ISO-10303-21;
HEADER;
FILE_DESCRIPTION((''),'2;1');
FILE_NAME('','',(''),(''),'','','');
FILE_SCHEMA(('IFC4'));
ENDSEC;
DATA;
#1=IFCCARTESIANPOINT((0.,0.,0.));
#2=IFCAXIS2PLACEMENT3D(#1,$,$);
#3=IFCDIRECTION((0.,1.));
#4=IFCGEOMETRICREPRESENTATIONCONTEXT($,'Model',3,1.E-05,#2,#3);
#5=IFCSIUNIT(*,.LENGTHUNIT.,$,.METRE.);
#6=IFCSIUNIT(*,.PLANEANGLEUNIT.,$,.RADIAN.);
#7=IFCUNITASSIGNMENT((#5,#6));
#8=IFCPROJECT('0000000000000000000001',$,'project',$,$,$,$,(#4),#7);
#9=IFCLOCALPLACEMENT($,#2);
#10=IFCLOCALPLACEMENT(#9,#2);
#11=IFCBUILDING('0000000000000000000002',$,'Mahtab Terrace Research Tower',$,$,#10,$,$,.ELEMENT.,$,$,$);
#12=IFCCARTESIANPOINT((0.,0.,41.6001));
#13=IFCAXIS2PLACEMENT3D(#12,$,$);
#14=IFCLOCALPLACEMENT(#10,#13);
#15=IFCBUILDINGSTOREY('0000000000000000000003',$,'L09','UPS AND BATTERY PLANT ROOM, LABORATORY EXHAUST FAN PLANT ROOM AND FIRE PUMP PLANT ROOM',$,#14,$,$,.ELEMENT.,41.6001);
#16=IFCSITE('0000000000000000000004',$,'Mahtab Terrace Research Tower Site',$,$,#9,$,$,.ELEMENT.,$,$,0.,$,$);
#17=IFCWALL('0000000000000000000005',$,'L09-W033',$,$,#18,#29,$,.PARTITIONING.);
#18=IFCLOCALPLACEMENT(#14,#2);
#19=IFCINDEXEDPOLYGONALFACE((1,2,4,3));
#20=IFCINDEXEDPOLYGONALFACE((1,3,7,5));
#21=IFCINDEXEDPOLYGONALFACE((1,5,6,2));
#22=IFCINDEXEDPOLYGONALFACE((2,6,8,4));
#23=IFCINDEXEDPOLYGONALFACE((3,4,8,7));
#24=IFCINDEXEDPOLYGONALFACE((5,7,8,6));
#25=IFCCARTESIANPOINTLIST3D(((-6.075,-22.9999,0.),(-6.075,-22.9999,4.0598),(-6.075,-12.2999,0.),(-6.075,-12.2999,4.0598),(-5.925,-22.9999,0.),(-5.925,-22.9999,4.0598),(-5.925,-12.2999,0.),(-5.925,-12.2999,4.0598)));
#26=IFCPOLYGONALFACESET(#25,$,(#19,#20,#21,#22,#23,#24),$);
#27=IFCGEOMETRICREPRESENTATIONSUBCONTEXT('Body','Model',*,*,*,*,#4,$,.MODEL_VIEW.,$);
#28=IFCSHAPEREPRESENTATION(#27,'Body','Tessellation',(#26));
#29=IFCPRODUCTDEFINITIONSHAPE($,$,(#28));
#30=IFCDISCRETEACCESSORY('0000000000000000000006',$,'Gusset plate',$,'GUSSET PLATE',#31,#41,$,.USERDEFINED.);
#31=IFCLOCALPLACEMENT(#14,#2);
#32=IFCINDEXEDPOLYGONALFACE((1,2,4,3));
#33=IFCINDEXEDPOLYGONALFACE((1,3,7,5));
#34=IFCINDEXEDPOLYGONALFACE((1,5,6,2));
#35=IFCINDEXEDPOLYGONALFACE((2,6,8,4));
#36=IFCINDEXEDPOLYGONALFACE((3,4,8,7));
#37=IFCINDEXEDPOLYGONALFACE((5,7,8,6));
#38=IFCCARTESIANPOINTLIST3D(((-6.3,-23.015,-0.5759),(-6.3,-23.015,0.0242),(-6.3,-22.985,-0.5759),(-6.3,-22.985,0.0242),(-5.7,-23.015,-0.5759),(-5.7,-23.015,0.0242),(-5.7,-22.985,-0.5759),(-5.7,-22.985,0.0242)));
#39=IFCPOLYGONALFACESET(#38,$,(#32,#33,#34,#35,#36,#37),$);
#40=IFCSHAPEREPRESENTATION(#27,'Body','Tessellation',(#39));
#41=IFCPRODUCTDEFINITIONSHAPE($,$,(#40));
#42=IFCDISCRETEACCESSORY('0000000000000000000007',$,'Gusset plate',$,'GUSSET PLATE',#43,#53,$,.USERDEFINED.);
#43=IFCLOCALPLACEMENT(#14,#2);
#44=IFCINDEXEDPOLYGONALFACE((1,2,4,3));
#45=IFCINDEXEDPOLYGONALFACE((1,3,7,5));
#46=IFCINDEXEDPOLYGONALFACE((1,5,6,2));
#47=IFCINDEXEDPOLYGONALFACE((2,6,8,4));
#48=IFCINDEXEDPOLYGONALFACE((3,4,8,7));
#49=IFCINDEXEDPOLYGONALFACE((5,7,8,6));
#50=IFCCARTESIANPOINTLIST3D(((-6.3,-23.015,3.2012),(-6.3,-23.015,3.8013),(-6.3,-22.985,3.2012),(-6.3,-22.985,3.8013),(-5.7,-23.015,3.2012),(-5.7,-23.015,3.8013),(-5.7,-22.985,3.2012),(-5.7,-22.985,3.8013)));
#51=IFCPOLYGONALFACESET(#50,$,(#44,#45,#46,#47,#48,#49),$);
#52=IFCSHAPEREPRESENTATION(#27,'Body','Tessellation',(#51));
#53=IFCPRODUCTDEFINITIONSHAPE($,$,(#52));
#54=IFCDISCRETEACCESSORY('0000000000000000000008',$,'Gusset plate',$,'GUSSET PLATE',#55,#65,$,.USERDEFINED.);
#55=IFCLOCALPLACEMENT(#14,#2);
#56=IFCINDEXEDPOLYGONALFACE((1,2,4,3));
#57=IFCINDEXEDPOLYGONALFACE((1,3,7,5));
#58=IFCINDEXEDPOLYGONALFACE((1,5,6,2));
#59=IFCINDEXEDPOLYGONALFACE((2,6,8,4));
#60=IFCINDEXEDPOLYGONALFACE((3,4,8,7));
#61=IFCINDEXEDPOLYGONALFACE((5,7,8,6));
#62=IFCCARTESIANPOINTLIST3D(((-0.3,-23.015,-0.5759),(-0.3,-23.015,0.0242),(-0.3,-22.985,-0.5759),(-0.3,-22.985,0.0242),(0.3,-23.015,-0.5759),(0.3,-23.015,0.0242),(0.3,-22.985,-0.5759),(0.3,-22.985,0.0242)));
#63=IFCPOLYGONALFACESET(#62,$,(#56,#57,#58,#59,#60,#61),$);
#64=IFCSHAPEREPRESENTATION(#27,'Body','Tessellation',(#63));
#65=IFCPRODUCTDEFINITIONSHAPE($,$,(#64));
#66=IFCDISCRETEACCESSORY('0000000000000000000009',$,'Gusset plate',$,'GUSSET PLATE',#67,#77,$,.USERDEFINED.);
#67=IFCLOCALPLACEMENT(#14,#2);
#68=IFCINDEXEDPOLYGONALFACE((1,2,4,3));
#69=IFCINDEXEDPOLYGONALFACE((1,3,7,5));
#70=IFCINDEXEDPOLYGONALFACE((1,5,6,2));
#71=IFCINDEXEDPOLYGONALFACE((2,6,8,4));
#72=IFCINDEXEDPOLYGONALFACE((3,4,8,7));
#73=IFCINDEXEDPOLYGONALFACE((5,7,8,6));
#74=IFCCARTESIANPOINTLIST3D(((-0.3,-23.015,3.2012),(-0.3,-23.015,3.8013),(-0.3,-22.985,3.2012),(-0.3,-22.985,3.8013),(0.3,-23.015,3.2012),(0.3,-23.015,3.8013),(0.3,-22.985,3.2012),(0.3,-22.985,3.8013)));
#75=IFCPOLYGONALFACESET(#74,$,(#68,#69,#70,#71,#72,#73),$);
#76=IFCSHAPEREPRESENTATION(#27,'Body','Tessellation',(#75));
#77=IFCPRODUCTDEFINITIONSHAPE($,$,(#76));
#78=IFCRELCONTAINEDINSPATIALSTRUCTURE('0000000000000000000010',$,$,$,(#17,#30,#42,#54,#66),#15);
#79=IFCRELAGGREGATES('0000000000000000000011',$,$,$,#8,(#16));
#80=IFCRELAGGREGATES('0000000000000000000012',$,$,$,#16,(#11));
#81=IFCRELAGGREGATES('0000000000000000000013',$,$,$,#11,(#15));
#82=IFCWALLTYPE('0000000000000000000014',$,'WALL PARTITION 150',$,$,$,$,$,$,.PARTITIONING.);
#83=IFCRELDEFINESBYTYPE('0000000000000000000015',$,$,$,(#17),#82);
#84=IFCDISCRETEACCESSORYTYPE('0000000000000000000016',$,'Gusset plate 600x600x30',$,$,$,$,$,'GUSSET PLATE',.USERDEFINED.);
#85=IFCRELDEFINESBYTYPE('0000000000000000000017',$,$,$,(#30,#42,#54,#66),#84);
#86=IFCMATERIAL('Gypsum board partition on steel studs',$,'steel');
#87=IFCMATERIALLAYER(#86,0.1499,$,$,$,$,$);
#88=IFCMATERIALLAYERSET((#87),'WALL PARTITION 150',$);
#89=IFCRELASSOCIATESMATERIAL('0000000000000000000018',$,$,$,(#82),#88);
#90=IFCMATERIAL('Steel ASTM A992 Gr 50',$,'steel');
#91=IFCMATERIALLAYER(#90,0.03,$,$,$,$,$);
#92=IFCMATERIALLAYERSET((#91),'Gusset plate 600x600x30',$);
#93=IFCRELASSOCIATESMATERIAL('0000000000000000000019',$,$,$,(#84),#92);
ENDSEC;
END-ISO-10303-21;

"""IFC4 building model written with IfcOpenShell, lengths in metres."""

from ifc_helpers import new_model, si_unit, direction, frame, frame_2d, origin, origin_2d, place, context, subcontext, project, spatial, rectangle, extrude, material, layer, layer_set, type_object, element, save


model = new_model("IFC4")

# Units and contexts
model_context = context("Model", 3, precision=1e-05, world=origin(), true_north=direction((0.0, 1.0)))
body_context = subcontext(model_context, "Body", "Model", "MODEL_VIEW")
ifc_project = project(units=[si_unit("LENGTHUNIT", "METRE"), si_unit("PLANEANGLEUNIT", "RADIAN")], contexts=[model_context])

# Site, building, storey
site_placement = place(None, origin())
site = spatial("IfcSite", under=ifc_project, at=site_placement, Name="Mahtab Terrace Research Tower Site", CompositionType="ELEMENT", RefElevation=0.0)
building_placement = place(site_placement, origin())
building = spatial("IfcBuilding", under=site, at=building_placement, Name="Mahtab Terrace Research Tower", CompositionType="ELEMENT")
storey_placement = place(building_placement, frame((0.0, 0.0, 41.6001)))
storey = spatial("IfcBuildingStorey", under=building, at=storey_placement, Name="L09", Description="UPS AND BATTERY PLANT ROOM, LABORATORY EXHAUST FAN PLANT ROOM AND FIRE PUMP PLANT ROOM", CompositionType="ELEMENT", Elevation=41.6001)

# Shared definitions
ifc_material_1 = material(Name="Steel ASTM A992 Gr 50", Category="steel")

# Wall
ifc_material_2 = material(Name="Gypsum board partition on steel studs", Category="steel")
ifc_layer_1 = layer(ifc_material_2, 0.1499)
ifc_layer_set_1 = layer_set([ifc_layer_1], Name="WALL PARTITION 150")
wall_type_1 = type_object("IfcWallType", Name="WALL PARTITION 150", PredefinedType="PARTITIONING", material=ifc_layer_set_1)
wall_1_placement = place(storey_placement, frame((-6.0, -23.0, 0.0), z_axis=(0.0, 0.0, 1.0), x_axis=(0.0, 1.0, 0.0)))
element("IfcWall", 1, at=wall_1_placement, inside=storey, type_object=wall_type_1, Name="L09-W033", PredefinedType="PARTITIONING", context=body_context, shape_type="SweptSolid", body=[
    extrude(rectangle(XDim=10.7, YDim=0.1499, at=frame_2d((5.3501, 0.0))), origin(), (0.0, 0.0, 1.0), 4.0598),
])

# Discrete accessories
ifc_layer_2 = layer(ifc_material_1, 0.03)
ifc_layer_set_2 = layer_set([ifc_layer_2], Name="Gusset plate 600x600x30")
discrete_accessory_type = type_object("IfcDiscreteAccessoryType", Name="Gusset plate 600x600x30", ElementType="GUSSET PLATE", PredefinedType="USERDEFINED", material=ifc_layer_set_2)
for number, where, z_axis, x_axis, name in (
    (2, (-6.0, -23.0, -0.5759), (0.0, 0.0, 1.0), (1.0, 0.0, 0.0), "Gusset plate"),
    (3, (-6.0, -23.0, 3.2012), (0.0, 0.0, 1.0), (1.0, 0.0, 0.0), "Gusset plate"),
    (4, (0.0, -23.0, -0.5759), (0.0, 0.0, 1.0), (1.0, 0.0, 0.0), "Gusset plate"),
    (5, (0.0, -23.0, 3.2012), (0.0, 0.0, 1.0), (1.0, 0.0, 0.0), "Gusset plate"),
):
    element("IfcDiscreteAccessory", number, at=place(storey_placement, frame(where, z_axis=z_axis, x_axis=x_axis)), inside=storey, type_object=discrete_accessory_type, Name=name, ObjectType="GUSSET PLATE", PredefinedType="USERDEFINED", context=body_context, shape_type="SweptSolid", body=[
        extrude(rectangle(XDim=0.6001, YDim=0.03, at=origin_2d()), origin(), (0.0, 0.0, 1.0), 0.6001),
    ])

save(model, "model.ifc")
